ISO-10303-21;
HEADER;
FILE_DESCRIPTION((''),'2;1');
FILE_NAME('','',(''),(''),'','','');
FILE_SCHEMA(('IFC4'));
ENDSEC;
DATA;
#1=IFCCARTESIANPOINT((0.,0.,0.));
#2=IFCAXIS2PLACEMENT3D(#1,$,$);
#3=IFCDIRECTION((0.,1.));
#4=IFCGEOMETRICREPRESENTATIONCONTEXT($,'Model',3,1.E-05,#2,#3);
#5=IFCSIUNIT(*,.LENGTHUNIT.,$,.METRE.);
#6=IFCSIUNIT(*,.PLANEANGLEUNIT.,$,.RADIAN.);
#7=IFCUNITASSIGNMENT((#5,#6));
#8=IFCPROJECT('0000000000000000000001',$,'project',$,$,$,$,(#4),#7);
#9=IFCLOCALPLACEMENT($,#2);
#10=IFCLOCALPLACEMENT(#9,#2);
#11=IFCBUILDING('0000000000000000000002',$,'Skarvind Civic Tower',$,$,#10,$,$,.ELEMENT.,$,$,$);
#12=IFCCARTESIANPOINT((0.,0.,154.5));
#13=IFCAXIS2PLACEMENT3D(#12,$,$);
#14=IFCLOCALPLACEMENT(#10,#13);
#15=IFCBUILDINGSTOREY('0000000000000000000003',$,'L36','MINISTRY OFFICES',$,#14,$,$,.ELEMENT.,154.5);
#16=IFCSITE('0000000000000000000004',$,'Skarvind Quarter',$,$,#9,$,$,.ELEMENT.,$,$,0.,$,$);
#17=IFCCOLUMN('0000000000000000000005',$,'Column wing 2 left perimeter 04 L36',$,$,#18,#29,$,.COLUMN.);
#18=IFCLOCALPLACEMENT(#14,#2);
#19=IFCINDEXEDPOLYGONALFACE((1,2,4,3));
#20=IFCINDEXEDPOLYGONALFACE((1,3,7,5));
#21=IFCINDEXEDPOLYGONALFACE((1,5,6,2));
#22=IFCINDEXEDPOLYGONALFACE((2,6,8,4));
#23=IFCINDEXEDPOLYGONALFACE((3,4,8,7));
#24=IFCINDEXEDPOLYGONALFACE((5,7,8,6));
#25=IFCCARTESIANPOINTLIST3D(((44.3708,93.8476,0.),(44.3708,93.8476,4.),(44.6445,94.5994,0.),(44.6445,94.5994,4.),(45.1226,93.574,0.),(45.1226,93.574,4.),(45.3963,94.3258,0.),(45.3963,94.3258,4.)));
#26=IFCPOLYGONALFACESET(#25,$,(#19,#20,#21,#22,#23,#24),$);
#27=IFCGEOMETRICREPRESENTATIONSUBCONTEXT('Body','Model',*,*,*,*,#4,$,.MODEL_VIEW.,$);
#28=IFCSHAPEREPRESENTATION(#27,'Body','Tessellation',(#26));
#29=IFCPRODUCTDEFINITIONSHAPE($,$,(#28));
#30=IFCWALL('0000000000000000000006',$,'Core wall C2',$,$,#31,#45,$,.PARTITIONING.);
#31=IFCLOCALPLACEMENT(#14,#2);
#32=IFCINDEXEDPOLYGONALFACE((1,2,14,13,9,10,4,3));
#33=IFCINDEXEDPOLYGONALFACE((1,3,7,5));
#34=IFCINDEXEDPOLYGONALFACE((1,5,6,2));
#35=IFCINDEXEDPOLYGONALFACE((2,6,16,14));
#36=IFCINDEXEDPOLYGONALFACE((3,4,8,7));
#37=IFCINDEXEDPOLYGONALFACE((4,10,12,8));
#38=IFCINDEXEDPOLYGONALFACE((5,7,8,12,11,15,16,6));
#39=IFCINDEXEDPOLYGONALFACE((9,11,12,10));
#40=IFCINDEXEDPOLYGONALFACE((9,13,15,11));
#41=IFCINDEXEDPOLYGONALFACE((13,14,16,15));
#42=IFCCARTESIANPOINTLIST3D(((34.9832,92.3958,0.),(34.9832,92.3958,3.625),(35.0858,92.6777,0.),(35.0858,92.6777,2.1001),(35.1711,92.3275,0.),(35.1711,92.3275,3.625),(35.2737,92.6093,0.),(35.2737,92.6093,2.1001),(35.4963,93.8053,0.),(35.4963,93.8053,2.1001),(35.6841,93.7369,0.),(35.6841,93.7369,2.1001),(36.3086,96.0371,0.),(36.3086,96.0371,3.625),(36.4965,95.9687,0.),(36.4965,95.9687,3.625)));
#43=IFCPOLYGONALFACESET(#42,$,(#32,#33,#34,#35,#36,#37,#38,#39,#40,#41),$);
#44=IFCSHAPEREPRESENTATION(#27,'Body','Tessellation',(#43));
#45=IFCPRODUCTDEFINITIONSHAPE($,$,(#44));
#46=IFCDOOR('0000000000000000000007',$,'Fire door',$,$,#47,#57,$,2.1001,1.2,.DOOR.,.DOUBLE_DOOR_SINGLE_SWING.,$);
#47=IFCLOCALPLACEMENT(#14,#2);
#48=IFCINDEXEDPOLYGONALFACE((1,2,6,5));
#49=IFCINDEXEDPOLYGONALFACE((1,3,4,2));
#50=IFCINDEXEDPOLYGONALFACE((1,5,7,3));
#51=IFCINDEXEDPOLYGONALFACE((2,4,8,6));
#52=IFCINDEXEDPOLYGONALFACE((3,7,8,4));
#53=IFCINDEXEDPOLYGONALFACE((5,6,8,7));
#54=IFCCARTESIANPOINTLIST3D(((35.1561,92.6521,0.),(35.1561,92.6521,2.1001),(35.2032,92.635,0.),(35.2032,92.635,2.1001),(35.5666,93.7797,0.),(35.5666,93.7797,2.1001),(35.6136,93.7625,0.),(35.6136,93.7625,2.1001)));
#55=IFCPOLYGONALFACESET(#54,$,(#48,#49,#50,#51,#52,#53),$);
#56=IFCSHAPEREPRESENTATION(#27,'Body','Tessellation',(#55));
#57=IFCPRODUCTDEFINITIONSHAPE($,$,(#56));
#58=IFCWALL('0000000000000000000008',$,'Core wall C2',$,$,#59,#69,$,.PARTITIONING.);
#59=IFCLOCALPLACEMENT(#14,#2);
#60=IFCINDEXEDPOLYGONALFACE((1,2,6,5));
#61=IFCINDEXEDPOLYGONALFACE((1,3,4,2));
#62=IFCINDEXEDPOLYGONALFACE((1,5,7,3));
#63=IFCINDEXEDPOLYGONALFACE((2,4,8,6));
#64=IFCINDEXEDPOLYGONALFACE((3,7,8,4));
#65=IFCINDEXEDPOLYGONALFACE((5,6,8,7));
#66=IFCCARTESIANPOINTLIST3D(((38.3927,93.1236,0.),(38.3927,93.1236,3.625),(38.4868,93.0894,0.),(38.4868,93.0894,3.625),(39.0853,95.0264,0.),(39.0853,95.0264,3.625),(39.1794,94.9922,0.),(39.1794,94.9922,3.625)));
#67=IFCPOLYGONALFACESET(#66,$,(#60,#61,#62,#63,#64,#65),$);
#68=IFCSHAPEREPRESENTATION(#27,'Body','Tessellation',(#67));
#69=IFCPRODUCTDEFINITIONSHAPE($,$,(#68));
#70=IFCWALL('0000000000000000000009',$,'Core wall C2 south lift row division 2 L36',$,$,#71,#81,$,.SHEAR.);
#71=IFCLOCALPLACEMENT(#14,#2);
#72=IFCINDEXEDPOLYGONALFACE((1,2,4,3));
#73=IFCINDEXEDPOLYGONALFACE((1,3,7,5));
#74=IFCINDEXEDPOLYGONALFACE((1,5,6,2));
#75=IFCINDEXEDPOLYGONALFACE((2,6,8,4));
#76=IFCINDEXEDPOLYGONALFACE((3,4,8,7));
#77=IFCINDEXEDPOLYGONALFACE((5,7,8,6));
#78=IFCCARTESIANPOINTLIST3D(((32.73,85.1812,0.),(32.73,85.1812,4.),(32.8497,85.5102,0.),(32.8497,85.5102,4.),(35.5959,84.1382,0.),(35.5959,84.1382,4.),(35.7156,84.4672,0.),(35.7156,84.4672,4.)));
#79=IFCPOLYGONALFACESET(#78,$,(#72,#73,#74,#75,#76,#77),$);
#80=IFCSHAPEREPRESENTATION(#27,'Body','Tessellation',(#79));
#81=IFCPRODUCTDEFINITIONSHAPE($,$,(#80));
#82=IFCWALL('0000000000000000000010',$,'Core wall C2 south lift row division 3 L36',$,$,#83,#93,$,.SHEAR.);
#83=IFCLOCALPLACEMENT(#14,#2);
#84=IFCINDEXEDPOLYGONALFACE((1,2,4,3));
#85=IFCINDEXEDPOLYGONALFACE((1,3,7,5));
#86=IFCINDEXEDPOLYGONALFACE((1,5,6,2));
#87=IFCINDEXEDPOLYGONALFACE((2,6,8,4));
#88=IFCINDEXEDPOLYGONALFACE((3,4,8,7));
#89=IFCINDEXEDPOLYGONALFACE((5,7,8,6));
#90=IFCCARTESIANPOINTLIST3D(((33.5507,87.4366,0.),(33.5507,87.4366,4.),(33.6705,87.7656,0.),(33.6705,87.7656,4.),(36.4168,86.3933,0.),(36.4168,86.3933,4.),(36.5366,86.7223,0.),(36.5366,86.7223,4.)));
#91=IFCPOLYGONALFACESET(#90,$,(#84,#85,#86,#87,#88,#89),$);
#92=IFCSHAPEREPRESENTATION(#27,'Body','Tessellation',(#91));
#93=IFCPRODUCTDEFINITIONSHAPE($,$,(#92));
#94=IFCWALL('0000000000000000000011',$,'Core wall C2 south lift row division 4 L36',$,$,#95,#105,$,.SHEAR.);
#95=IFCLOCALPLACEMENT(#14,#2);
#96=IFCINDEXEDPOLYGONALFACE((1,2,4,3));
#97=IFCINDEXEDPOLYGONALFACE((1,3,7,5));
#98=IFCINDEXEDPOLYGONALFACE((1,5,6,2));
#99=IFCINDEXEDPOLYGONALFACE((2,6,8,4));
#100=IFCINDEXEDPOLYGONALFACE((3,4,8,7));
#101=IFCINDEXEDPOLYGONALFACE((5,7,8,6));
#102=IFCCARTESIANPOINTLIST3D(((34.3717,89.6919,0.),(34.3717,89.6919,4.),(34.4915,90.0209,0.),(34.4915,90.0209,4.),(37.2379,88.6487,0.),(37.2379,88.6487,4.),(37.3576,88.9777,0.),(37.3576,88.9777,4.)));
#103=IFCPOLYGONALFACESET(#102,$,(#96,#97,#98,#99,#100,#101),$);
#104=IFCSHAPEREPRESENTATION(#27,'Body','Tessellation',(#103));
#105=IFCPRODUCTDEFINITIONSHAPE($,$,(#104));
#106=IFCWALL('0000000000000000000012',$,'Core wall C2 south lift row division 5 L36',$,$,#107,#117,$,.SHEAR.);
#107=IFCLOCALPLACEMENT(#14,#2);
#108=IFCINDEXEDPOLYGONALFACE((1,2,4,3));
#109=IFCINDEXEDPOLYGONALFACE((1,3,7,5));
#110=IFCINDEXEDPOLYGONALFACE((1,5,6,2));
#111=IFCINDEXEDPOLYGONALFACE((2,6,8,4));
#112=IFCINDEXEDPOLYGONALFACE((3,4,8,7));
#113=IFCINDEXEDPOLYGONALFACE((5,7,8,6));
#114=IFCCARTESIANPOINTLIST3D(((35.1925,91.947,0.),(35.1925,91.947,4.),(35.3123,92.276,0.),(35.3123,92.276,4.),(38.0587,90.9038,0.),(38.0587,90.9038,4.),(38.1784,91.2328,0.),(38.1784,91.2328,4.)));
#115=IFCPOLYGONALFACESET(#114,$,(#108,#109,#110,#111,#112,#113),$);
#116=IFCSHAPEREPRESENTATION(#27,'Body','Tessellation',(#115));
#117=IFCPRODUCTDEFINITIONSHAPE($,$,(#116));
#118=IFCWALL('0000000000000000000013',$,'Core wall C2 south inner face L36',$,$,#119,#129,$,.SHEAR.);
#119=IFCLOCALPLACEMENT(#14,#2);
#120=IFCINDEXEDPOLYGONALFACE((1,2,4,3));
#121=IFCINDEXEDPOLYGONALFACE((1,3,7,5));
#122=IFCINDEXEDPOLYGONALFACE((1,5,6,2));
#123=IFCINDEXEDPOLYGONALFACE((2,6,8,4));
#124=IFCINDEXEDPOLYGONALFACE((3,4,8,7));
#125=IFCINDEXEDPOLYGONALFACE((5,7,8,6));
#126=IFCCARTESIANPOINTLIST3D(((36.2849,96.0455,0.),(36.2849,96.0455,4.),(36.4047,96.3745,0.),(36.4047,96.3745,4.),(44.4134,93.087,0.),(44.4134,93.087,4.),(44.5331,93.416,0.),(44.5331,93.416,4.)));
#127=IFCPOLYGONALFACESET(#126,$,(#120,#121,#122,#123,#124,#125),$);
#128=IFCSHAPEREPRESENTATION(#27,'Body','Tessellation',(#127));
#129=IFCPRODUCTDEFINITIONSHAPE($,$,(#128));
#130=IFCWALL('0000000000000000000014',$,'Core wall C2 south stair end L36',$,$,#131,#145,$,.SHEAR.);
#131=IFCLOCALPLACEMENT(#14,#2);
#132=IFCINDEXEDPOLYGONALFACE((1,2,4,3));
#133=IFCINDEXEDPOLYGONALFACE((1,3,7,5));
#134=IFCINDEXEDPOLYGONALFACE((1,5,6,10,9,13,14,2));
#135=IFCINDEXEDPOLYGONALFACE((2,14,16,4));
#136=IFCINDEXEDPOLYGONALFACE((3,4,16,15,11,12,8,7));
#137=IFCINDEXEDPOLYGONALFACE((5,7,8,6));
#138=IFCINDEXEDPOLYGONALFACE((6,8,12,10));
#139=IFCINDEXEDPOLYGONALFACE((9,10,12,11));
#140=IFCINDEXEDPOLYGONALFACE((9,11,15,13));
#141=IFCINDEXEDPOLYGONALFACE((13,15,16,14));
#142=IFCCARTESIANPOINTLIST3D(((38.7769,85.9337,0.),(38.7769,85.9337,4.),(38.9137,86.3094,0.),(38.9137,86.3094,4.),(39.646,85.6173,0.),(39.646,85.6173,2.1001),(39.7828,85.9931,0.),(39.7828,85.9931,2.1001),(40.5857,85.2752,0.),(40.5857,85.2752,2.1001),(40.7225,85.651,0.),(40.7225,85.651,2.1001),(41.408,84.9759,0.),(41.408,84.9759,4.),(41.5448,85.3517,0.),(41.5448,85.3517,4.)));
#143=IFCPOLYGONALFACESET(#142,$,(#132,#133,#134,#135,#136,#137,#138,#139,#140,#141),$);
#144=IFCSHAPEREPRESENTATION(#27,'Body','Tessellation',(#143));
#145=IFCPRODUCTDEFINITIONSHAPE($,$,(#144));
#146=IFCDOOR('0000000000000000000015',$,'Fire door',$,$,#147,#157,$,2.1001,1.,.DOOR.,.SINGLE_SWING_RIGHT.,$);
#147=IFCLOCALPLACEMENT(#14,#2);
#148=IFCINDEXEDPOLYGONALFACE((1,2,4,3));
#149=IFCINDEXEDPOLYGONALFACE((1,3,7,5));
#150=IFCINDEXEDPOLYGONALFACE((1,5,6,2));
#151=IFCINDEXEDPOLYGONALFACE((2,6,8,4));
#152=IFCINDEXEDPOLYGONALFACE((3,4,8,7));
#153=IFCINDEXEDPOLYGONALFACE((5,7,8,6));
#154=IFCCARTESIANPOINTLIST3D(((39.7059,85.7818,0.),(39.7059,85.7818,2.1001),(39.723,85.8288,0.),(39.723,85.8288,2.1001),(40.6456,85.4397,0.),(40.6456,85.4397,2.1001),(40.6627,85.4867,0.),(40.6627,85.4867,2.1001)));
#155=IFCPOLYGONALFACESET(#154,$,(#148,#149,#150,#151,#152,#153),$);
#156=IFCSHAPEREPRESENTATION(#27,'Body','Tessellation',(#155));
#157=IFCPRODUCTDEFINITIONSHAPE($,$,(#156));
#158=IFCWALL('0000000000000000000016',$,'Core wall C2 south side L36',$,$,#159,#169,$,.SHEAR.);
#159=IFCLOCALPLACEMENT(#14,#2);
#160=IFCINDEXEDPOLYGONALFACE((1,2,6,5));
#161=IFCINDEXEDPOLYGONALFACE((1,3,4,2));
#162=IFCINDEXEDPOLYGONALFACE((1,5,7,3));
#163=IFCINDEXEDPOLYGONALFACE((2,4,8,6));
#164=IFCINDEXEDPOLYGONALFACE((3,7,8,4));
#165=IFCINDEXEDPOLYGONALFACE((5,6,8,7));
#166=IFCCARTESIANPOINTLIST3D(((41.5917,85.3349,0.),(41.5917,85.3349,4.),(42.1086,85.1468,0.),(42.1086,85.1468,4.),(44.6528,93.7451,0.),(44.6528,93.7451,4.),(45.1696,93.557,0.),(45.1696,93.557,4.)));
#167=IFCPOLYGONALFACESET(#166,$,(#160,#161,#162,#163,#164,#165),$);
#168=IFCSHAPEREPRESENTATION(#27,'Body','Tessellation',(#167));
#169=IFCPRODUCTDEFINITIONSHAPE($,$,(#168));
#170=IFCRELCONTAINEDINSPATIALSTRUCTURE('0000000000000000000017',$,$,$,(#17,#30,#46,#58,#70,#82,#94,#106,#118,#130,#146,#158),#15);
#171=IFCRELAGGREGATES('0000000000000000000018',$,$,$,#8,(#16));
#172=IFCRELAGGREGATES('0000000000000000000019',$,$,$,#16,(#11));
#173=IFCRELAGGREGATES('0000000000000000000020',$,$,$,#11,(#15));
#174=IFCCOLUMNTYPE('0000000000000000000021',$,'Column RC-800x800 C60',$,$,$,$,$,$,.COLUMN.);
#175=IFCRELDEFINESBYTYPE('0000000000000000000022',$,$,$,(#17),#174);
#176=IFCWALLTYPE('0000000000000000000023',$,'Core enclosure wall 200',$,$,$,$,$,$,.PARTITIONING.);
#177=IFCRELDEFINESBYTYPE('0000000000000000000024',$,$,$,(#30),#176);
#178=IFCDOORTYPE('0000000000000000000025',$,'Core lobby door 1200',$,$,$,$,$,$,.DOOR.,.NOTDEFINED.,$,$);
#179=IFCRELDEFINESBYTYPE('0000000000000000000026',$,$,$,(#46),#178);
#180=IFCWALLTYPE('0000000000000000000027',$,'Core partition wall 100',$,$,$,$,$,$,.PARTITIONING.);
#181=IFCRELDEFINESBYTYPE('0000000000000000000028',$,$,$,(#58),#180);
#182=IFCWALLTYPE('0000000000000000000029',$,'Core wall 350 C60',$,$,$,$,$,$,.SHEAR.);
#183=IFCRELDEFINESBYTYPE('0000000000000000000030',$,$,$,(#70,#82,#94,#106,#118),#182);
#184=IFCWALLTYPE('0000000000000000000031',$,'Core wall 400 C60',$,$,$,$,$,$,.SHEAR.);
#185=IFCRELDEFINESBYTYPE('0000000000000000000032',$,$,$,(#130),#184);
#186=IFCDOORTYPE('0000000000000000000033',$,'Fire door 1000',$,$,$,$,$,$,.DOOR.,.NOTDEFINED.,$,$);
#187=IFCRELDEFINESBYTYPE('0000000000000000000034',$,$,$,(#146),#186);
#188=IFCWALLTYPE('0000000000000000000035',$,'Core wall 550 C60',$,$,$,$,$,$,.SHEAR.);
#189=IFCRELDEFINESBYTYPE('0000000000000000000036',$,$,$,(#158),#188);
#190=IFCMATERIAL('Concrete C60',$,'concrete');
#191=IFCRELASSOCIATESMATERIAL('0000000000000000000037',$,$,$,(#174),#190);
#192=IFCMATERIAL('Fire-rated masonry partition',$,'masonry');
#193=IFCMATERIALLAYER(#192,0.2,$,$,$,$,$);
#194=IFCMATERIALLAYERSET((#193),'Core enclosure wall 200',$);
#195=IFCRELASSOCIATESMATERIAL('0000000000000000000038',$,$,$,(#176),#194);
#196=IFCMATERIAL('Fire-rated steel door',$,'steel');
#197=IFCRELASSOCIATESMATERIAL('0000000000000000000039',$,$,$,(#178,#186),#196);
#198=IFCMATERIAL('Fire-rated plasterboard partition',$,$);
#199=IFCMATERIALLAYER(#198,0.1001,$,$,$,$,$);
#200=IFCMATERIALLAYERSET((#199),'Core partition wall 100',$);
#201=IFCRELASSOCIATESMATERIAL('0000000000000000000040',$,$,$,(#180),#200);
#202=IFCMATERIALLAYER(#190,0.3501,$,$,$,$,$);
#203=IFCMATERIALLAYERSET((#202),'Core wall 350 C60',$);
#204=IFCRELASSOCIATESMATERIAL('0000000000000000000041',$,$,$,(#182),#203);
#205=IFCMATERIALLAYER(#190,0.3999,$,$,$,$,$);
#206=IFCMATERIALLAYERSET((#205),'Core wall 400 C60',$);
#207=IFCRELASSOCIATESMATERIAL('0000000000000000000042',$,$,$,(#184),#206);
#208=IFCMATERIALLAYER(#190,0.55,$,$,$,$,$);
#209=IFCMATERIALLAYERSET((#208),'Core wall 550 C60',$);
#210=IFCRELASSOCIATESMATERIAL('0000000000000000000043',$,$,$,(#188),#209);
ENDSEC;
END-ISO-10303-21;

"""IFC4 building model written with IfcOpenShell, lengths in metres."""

from ifc_helpers import new_model, si_unit, direction, frame, frame_2d, origin, origin_2d, place, context, subcontext, project, spatial, rectangle, extrude, material, layer, layer_set, material_profile, profile_set, type_object, element, fill, save


model = new_model("IFC4")

# Units and contexts
model_context = context("Model", 3, precision=1e-05, world=origin(), true_north=direction((0.0, 1.0)))
body_context = subcontext(model_context, "Body", "Model", "MODEL_VIEW")
ifc_project = project(units=[si_unit("LENGTHUNIT", "METRE"), si_unit("PLANEANGLEUNIT", "RADIAN")], contexts=[model_context])

# Site, building, storey
site_placement = place(None, origin())
site = spatial("IfcSite", under=ifc_project, at=site_placement, Name="Skarvind Quarter", CompositionType="ELEMENT", RefElevation=0.0)
building_placement = place(site_placement, origin())
building = spatial("IfcBuilding", under=site, at=building_placement, Name="Skarvind Civic Tower", CompositionType="ELEMENT")
storey_placement = place(building_placement, frame((0.0, 0.0, 154.5)))
storey = spatial("IfcBuildingStorey", under=building, at=storey_placement, Name="L36", Description="MINISTRY OFFICES", CompositionType="ELEMENT", Elevation=154.5)

# Column
ifc_material_1 = material(Name="Concrete C60", Category="concrete")
ifc_material_profile_1 = material_profile(ifc_material_1, rectangle(XDim=0.8, YDim=0.8, at=origin_2d()), Name="RC-800x800")
ifc_profile_set_1 = profile_set([ifc_material_profile_1], Name="Concrete C60")
column_type = type_object("IfcColumnType", Name="Column RC-800x800 C60", PredefinedType="COLUMN", material=ifc_profile_set_1)
column_placement = place(storey_placement, frame((44.8835, 94.0867, 0.0), z_axis=(0.0, 0.0, 1.0), x_axis=(-0.34202, -0.939693, 0.0)))
element("IfcColumn", 1, at=column_placement, inside=storey, type_object=column_type, Name="Column wing 2 left perimeter 04 L36", PredefinedType="COLUMN", context=body_context, shape_type="SweptSolid", body=[
    extrude(rectangle(XDim=0.8, YDim=0.8, at=origin_2d()), origin(), (0.0, 0.0, 1.0), 4.0),
])

# Wall, opening, door
ifc_material_2 = material(Name="Fire-rated masonry partition", Category="masonry")
ifc_layer_1 = layer(ifc_material_2, 0.2)
ifc_layer_set_1 = layer_set([ifc_layer_1], Name="Core enclosure wall 200")
wall_type_1 = type_object("IfcWallType", Name="Core enclosure wall 200", PredefinedType="PARTITIONING", material=ifc_layer_set_1)
wall_1_placement = place(storey_placement, frame((36.4026, 96.0029, 0.0), z_axis=(0.0, 0.0, 1.0), x_axis=(-0.342042, -0.939685, 0.0)))
wall_1 = element("IfcWall", 2, at=wall_1_placement, inside=storey, type_object=wall_type_1, Name="Core wall C2", PredefinedType="PARTITIONING", context=body_context, shape_type="SweptSolid", body=[
    extrude(rectangle(XDim=3.875, YDim=0.2, at=frame_2d((1.9375, 0.0))), origin(), (0.0, 0.0, 1.0), 3.625),
])
opening_1_placement = place(wall_1_placement, frame((2.375, 0.0, 0.0)))
opening_1 = element("IfcOpeningElement", 3, at=opening_1_placement, cuts=wall_1, PredefinedType="OPENING", context=body_context, shape_type="SweptSolid", body=[
    extrude(rectangle(XDim=1.2, YDim=2.1001, at=frame_2d((0.6001, 1.05))), frame((0.0, 0.1099, 0.0), z_axis=(0.0, -1.0, 0.0), x_axis=(1.0, 0.0, 0.0)), (0.0, 0.0, 1.0), 0.22),
])
ifc_material_3 = material(Name="Fire-rated steel door", Category="steel")
door_type_1 = type_object("IfcDoorType", Name="Core lobby door 1200", OperationType="NOTDEFINED", PredefinedType="DOOR", material=ifc_material_3)
door_1_placement = place(opening_1_placement, origin())
door_1 = element("IfcDoor", 4, at=door_1_placement, inside=storey, type_object=door_type_1, Name="Fire door", OperationType="DOUBLE_DOOR_SINGLE_SWING", OverallHeight=2.1001, OverallWidth=1.2, PredefinedType="DOOR", context=body_context, shape_type="SweptSolid", body=[
    extrude(rectangle(XDim=1.2, YDim=2.1001, at=frame_2d((0.6001, 1.05))), frame((0.0, 0.0249, 0.0), z_axis=(0.0, -1.0, 0.0), x_axis=(1.0, 0.0, 0.0)), (0.0, 0.0, 1.0), 0.05),
])
fill(opening_1, door_1)

# Walls
ifc_material_4 = material(Name="Fire-rated plasterboard partition")
ifc_layer_2 = layer(ifc_material_4, 0.1001)
ifc_layer_set_2 = layer_set([ifc_layer_2], Name="Core partition wall 100")
wall_type_2 = type_object("IfcWallType", Name="Core partition wall 100", PredefinedType="PARTITIONING", material=ifc_layer_set_2)
wall_2_placement = place(storey_placement, frame((39.1323, 95.0093, 0.0), z_axis=(0.0, 0.0, 1.0), x_axis=(-0.342043, -0.939684, 0.0)))
element("IfcWall", 5, at=wall_2_placement, inside=storey, type_object=wall_type_2, Name="Core wall C2", PredefinedType="PARTITIONING", context=body_context, shape_type="SweptSolid", body=[
    extrude(rectangle(XDim=2.0249, YDim=0.1001, at=frame_2d((1.0125, 0.0))), origin(), (0.0, 0.0, 1.0), 3.625),
])
ifc_layer_3 = layer(ifc_material_1, 0.3501)
ifc_layer_set_3 = layer_set([ifc_layer_3], Name="Core wall 350 C60")
wall_type_3 = type_object("IfcWallType", Name="Core wall 350 C60", PredefinedType="SHEAR", material=ifc_layer_set_3)
wall_3_placement = place(storey_placement, frame((35.6558, 84.3027, 0.0), z_axis=(0.0, 0.0, 1.0), x_axis=(-0.939709, 0.341974, 0.0)))
element("IfcWall", 6, at=wall_3_placement, inside=storey, type_object=wall_type_3, Name="Core wall C2 south lift row division 2 L36", PredefinedType="SHEAR", context=body_context, shape_type="SweptSolid", body=[
    extrude(rectangle(XDim=3.0498, YDim=0.3501, at=frame_2d((1.5249, 0.0))), origin(), (0.0, 0.0, 1.0), 4.0),
])
for number, where, z_axis, x_axis, name in (
    (7, (36.4766, 86.5579, 0.0), (0.0, 0.0, 1.0), (-0.939684, 0.342045, 0.0), "Core wall C2 south lift row division 3 L36"),
    (8, (37.2976, 88.8132, 0.0), (0.0, 0.0, 1.0), (-0.939693, 0.342019, 0.0), "Core wall C2 south lift row division 4 L36"),
    (9, (38.1184, 91.0684, 0.0), (0.0, 0.0, 1.0), (-0.939693, 0.342019, 0.0), "Core wall C2 south lift row division 5 L36"),
):
    element("IfcWall", number, at=place(storey_placement, frame(where, z_axis=z_axis, x_axis=x_axis)), inside=storey, type_object=wall_type_3, Name=name, PredefinedType="SHEAR", context=body_context, shape_type="SweptSolid", body=[
        extrude(rectangle(XDim=3.05, YDim=0.3501, at=frame_2d((1.5249, 0.0))), origin(), (0.0, 0.0, 1.0), 4.0),
    ])
wall_4_placement = place(storey_placement, frame((44.4734, 93.2515, 0.0), z_axis=(0.0, 0.0, 1.0), x_axis=(-0.939693, 0.34202, 0.0)))
element("IfcWall", 10, at=wall_4_placement, inside=storey, type_object=wall_type_3, Name="Core wall C2 south inner face L36", PredefinedType="SHEAR", context=body_context, shape_type="SweptSolid", body=[
    extrude(rectangle(XDim=8.6501, YDim=0.3501, at=frame_2d((4.3252, 0.0))), origin(), (0.0, 0.0, 1.0), 4.0),
])

# Wall, opening, door
ifc_layer_4 = layer(ifc_material_1, 0.3999)
ifc_layer_set_4 = layer_set([ifc_layer_4], Name="Core wall 400 C60")
wall_type_4 = type_object("IfcWallType", Name="Core wall 400 C60", PredefinedType="SHEAR", material=ifc_layer_set_4)
wall_5_placement = place(storey_placement, frame((41.4763, 85.1638, 0.0), z_axis=(0.0, 0.0, 1.0), x_axis=(-0.939679, 0.342058, 0.0)))
wall_5 = element("IfcWall", 11, at=wall_5_placement, inside=storey, type_object=wall_type_4, Name="Core wall C2 south stair end L36", PredefinedType="SHEAR", context=body_context, shape_type="SweptSolid", body=[
    extrude(rectangle(XDim=2.8, YDim=0.3999, at=frame_2d((1.3999, 0.0))), origin(), (0.0, 0.0, 1.0), 4.0),
])
opening_2_placement = place(wall_5_placement, frame((0.875, 0.0, 0.0)))
opening_2 = element("IfcOpeningElement", 12, at=opening_2_placement, cuts=wall_5, PredefinedType="OPENING", context=body_context, shape_type="SweptSolid", body=[
    extrude(rectangle(XDim=1.0, YDim=2.1001, at=frame_2d((0.5, 1.05))), frame((0.0, 0.21, 0.0), z_axis=(0.0, -1.0, 0.0), x_axis=(1.0, 0.0, 0.0)), (0.0, 0.0, 1.0), 0.4199),
])
door_type_2 = type_object("IfcDoorType", Name="Fire door 1000", OperationType="NOTDEFINED", PredefinedType="DOOR", material=ifc_material_3)
door_2_placement = place(opening_2_placement, origin())
door_2 = element("IfcDoor", 13, at=door_2_placement, inside=storey, type_object=door_type_2, Name="Fire door", OperationType="SINGLE_SWING_RIGHT", OverallHeight=2.1001, OverallWidth=1.0, PredefinedType="DOOR", context=body_context, shape_type="SweptSolid", body=[
    extrude(rectangle(XDim=1.0, YDim=2.1001, at=frame_2d((0.5, 1.05))), frame((0.0, 0.0249, 0.0), z_axis=(0.0, -1.0, 0.0), x_axis=(1.0, 0.0, 0.0)), (0.0, 0.0, 1.0), 0.05),
])
fill(opening_2, door_2)

# Wall
ifc_layer_5 = layer(ifc_material_1, 0.55)
ifc_layer_set_5 = layer_set([ifc_layer_5], Name="Core wall 550 C60")
wall_type_5 = type_object("IfcWallType", Name="Core wall 550 C60", PredefinedType="SHEAR", material=ifc_layer_set_5)
wall_6_placement = place(storey_placement, frame((41.8501, 85.2407, 0.0), z_axis=(0.0, 0.0, 1.0), x_axis=(0.342019, 0.939693, 0.0)))
element("IfcWall", 14, at=wall_6_placement, inside=storey, type_object=wall_type_5, Name="Core wall C2 south side L36", PredefinedType="SHEAR", context=body_context, shape_type="SweptSolid", body=[
    extrude(rectangle(XDim=8.95, YDim=0.55, at=frame_2d((4.4751, 0.0))), origin(), (0.0, 0.0, 1.0), 4.0),
])

save(model, "model.ifc")
